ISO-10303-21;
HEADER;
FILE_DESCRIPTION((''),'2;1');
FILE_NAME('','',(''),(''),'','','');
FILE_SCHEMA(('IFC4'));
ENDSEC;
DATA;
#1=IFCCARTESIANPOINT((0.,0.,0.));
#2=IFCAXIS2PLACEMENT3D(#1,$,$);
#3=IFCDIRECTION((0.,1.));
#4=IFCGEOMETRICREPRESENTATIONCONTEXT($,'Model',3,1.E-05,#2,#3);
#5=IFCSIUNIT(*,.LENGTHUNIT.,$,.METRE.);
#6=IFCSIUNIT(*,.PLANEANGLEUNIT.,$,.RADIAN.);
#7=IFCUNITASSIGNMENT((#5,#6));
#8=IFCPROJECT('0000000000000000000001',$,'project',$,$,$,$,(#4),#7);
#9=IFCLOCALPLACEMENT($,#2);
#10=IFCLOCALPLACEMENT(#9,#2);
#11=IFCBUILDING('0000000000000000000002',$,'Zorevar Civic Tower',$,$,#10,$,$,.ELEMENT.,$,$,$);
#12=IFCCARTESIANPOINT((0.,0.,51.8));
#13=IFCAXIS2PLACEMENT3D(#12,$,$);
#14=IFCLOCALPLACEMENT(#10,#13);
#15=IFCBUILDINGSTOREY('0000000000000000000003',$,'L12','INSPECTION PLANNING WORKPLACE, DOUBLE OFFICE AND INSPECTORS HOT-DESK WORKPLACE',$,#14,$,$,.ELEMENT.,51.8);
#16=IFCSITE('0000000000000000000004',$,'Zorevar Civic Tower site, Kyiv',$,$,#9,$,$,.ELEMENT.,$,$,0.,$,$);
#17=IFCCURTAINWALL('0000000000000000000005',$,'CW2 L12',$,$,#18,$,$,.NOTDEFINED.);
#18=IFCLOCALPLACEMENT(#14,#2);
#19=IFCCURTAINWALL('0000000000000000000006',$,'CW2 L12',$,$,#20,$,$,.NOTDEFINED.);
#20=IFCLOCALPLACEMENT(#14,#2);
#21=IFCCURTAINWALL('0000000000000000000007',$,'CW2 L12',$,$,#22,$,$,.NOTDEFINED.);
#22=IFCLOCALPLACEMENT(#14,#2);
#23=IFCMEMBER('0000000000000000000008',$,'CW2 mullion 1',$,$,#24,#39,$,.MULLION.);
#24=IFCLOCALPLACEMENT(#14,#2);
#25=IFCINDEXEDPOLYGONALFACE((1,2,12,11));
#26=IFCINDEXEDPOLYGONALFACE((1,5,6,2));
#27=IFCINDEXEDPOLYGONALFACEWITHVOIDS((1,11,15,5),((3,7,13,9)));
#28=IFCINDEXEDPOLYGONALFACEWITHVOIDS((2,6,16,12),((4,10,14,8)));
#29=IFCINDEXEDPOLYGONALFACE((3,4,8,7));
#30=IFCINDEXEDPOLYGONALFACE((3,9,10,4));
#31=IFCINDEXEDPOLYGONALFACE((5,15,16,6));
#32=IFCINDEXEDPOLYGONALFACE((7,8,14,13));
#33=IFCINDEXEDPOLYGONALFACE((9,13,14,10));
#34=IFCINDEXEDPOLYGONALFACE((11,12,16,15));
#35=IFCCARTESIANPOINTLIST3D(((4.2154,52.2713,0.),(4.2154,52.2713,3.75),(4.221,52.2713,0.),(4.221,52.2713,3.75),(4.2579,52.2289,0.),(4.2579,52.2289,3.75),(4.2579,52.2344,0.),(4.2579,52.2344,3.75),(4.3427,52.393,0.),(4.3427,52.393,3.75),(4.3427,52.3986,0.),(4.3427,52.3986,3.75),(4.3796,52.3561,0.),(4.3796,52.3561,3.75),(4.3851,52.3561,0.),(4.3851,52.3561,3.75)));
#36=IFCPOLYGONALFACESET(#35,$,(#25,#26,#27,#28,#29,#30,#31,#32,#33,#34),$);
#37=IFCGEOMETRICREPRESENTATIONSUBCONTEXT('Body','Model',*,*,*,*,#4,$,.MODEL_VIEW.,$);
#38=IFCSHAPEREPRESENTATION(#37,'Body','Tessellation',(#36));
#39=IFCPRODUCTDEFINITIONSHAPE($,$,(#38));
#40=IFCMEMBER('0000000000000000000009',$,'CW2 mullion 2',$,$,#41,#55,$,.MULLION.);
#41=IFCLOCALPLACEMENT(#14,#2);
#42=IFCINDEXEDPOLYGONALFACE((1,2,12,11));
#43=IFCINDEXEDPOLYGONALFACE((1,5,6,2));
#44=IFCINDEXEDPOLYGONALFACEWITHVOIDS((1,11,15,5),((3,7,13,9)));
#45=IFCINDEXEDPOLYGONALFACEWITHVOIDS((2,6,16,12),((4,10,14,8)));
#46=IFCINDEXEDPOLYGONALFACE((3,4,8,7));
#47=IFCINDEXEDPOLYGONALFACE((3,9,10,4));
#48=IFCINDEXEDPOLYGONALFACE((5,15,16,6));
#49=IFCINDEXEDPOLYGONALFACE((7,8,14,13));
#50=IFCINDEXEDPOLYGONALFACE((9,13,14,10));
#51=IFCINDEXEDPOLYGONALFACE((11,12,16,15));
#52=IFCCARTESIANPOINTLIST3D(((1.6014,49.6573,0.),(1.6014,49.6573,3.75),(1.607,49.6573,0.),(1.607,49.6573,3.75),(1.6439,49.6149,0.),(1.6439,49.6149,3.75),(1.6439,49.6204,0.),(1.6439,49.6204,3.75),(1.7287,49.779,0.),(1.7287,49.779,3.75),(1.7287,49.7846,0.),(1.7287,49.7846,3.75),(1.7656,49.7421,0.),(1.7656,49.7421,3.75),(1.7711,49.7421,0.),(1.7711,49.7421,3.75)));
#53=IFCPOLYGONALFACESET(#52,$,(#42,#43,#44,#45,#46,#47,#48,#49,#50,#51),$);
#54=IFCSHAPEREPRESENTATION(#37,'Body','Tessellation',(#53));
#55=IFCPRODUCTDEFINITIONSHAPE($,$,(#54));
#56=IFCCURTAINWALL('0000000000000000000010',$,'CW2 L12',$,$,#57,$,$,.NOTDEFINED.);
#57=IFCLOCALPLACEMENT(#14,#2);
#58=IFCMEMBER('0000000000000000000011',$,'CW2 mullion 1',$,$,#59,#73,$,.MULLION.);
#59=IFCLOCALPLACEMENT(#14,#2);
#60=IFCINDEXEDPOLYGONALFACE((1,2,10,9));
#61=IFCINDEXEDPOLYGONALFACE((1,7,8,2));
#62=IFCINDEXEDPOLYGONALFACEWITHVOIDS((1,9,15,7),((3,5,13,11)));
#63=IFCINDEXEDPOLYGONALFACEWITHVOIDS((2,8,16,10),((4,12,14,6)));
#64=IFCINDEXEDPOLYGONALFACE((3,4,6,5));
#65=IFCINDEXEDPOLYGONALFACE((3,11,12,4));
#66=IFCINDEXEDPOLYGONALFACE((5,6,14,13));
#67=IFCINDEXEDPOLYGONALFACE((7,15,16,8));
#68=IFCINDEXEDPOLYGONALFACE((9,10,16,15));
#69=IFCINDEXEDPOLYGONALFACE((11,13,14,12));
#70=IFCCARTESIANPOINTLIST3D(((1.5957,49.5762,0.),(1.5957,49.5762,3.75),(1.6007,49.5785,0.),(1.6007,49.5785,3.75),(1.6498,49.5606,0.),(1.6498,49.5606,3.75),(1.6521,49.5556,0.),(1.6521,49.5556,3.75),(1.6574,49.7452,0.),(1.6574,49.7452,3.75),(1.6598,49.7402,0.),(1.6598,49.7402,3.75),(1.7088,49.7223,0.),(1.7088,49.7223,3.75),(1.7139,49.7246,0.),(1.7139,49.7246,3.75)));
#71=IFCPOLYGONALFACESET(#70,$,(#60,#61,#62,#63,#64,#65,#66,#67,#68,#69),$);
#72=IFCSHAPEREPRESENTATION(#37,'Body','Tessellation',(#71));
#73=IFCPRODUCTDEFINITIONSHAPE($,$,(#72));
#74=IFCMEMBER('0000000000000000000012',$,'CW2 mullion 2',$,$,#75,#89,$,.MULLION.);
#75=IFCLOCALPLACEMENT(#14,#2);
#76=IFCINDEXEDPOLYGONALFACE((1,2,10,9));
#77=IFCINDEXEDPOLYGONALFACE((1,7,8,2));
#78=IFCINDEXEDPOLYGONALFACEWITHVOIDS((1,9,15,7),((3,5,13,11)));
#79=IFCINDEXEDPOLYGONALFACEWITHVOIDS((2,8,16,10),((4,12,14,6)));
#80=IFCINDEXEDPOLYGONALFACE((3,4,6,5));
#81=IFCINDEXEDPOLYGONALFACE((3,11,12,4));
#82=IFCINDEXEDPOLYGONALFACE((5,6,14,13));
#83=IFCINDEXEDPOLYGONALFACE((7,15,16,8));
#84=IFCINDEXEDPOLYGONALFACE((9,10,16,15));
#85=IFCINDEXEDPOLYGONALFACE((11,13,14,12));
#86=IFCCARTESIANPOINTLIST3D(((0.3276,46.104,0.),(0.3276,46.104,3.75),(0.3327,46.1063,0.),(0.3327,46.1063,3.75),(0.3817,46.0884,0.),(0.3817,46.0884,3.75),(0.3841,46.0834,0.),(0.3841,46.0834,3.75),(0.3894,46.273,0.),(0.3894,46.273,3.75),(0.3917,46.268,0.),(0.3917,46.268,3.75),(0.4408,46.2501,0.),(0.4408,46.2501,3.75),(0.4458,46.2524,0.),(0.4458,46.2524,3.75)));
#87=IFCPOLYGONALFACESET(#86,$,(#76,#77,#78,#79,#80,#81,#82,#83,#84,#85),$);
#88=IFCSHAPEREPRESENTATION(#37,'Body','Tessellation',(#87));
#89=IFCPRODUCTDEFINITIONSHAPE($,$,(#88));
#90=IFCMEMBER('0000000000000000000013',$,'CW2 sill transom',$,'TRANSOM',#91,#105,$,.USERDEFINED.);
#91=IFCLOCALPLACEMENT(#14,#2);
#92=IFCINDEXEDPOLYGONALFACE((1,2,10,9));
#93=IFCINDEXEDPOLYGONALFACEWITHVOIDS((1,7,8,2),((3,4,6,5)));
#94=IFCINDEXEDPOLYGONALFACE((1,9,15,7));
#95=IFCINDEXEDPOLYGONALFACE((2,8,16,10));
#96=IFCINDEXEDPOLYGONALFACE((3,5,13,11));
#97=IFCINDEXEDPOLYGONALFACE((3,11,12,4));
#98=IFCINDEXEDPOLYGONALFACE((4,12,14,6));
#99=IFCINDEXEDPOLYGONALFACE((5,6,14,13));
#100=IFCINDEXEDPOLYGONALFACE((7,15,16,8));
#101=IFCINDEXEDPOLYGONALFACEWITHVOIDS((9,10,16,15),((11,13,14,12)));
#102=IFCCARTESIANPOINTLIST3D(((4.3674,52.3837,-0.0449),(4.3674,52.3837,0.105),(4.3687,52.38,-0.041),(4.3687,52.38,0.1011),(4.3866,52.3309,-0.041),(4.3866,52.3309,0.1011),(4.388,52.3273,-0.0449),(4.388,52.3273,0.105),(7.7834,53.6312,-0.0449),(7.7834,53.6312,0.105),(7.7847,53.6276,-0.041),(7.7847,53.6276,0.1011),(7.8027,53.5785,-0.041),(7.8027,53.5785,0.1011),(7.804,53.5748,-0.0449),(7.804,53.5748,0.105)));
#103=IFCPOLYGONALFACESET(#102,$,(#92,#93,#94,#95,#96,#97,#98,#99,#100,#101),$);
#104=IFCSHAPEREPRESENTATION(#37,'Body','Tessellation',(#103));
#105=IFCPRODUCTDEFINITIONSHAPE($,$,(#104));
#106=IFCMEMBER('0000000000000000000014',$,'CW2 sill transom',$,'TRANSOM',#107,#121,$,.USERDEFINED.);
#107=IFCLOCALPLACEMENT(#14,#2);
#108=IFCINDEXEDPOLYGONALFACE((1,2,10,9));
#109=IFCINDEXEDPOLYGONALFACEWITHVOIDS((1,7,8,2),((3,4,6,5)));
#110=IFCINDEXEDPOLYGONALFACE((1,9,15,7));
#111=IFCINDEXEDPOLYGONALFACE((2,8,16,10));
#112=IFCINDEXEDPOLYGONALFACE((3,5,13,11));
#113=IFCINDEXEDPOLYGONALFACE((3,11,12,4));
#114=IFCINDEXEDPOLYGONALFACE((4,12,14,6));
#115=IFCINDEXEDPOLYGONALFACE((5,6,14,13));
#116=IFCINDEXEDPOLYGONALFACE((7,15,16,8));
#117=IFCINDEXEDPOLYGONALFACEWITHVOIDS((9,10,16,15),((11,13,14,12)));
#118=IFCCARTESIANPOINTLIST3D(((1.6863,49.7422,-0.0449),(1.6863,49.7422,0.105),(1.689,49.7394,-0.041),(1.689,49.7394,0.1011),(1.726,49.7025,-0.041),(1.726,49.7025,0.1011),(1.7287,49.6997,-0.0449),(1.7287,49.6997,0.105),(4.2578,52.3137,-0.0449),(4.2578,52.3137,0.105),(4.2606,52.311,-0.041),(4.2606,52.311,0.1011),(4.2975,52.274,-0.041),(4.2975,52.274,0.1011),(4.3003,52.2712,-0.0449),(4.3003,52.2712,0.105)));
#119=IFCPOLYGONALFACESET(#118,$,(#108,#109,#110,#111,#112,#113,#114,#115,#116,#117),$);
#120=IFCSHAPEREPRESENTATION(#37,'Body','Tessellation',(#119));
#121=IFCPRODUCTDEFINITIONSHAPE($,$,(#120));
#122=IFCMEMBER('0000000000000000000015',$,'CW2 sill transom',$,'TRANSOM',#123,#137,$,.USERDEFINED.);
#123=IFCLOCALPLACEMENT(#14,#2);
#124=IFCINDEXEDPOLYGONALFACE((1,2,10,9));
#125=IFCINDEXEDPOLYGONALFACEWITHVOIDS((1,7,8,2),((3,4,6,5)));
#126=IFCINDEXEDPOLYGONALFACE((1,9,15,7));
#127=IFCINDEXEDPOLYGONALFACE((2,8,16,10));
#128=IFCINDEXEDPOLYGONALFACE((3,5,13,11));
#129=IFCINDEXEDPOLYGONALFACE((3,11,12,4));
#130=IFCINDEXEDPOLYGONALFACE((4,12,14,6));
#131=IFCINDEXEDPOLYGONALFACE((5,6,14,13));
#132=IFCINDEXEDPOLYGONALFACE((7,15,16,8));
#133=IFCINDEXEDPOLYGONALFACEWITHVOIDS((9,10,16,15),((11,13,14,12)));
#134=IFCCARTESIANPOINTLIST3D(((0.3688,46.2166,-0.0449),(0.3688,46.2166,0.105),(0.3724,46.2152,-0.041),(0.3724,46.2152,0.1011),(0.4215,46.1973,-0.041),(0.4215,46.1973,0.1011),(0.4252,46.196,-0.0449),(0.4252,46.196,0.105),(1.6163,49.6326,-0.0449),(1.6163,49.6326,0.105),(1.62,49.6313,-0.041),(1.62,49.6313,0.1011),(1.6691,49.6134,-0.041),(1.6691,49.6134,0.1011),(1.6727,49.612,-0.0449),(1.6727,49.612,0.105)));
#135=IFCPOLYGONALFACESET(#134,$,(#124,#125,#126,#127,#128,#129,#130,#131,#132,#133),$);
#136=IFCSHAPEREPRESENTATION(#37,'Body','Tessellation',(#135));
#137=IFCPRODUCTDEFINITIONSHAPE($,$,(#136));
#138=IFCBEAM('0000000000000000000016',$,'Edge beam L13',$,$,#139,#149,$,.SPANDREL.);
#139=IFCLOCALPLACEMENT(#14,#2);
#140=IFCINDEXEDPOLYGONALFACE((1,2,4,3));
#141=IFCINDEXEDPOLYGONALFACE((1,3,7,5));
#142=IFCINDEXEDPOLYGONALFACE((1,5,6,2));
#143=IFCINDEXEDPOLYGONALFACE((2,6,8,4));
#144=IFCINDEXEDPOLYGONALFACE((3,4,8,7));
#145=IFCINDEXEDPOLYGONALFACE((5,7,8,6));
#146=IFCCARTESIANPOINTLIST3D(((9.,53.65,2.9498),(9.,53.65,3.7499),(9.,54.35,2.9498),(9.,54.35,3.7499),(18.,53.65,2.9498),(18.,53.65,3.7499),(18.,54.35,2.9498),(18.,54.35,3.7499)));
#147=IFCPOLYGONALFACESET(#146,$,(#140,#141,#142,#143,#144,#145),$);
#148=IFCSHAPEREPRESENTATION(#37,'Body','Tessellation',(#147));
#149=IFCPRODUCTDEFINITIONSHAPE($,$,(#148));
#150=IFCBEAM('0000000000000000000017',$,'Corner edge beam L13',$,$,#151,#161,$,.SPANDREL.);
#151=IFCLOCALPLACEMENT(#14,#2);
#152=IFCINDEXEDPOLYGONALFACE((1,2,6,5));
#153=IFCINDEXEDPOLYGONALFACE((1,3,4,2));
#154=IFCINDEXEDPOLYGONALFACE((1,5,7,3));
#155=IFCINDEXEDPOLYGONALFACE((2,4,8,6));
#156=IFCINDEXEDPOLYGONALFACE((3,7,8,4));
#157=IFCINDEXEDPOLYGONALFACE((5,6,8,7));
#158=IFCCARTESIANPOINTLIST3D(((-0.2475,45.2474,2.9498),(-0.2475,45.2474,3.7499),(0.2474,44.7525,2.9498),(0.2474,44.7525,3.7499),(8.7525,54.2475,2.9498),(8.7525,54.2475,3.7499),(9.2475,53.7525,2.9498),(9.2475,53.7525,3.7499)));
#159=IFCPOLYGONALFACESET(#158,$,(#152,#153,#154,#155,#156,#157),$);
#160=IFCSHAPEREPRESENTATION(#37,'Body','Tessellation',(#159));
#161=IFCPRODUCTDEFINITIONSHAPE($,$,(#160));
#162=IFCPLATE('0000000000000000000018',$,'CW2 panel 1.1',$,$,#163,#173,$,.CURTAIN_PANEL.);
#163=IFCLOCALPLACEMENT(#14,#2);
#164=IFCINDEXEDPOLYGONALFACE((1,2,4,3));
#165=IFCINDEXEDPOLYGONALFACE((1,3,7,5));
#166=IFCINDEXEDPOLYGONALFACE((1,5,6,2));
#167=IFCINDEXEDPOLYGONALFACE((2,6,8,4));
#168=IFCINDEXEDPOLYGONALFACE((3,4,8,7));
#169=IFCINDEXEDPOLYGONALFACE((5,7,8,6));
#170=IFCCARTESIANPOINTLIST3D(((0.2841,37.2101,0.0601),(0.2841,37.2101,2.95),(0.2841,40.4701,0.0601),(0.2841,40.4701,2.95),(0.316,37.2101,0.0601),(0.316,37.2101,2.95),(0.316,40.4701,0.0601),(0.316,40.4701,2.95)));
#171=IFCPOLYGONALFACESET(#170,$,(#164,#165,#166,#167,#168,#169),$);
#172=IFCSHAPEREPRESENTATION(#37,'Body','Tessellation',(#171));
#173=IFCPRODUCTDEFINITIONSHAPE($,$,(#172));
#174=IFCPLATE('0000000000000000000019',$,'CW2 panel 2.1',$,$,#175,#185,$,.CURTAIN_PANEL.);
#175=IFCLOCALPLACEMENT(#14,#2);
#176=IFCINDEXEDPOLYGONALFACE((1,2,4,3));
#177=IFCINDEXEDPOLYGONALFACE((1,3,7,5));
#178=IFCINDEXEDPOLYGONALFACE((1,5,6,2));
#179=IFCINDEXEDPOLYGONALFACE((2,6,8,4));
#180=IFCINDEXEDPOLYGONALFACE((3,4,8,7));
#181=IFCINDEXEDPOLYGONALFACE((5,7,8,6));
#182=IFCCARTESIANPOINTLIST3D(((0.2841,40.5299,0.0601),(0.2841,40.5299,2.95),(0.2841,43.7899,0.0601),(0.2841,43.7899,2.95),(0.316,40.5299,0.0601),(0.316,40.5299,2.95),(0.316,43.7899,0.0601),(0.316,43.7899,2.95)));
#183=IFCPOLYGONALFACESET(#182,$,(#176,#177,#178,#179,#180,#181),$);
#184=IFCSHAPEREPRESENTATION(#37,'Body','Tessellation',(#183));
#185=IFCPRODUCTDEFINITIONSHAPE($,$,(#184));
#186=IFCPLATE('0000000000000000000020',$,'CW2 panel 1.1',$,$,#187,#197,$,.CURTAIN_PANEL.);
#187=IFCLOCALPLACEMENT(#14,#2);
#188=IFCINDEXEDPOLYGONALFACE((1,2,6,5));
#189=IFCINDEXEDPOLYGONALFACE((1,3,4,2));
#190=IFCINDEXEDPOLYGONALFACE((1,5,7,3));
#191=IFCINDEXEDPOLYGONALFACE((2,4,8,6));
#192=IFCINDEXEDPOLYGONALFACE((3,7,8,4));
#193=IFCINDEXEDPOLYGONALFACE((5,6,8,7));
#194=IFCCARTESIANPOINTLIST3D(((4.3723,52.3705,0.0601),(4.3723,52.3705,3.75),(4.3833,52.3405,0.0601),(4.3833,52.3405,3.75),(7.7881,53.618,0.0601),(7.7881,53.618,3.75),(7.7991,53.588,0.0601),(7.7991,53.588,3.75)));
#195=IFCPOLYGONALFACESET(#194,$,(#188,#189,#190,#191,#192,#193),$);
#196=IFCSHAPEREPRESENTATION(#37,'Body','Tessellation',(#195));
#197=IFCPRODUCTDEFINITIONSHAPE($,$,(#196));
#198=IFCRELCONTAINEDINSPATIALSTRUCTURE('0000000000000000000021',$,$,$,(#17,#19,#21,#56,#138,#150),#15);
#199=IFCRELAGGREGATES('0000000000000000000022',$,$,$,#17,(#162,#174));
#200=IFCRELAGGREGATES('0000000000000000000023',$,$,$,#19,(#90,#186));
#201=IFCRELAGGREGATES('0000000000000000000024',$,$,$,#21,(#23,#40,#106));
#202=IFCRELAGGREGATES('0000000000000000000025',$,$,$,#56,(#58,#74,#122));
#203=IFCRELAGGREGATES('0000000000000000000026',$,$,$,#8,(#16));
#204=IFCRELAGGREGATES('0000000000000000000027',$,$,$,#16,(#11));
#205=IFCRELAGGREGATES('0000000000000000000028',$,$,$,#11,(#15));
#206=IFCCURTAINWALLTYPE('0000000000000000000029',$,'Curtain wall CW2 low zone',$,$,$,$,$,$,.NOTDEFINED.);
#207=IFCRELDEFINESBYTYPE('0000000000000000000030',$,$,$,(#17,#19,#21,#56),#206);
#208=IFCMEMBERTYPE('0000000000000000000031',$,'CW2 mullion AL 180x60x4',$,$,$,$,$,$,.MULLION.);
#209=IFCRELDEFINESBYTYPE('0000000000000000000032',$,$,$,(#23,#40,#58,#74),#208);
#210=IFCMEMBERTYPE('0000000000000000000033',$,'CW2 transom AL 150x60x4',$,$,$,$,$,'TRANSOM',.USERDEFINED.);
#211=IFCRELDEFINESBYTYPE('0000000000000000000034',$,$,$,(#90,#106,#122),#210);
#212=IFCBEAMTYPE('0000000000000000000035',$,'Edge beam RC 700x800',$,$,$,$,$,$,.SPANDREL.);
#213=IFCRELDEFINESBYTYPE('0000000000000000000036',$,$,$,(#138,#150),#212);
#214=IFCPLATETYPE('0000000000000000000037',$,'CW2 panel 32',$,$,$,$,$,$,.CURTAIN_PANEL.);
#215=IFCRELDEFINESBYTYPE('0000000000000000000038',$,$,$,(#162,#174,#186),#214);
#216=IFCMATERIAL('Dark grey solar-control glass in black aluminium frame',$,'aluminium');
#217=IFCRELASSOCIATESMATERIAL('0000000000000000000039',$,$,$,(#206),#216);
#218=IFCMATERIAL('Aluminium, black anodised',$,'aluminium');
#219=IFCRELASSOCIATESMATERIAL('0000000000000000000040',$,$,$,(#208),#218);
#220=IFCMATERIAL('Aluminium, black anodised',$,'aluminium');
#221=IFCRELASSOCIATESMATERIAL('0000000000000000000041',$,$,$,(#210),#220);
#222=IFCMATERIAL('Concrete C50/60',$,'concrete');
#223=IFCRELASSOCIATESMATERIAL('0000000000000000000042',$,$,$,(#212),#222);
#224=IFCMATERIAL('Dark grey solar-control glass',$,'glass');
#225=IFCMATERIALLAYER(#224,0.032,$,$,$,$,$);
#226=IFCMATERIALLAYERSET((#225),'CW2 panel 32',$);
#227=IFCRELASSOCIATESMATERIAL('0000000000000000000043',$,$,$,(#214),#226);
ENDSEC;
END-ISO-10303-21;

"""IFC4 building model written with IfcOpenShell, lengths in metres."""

from ifc_helpers import new_model, si_unit, direction, frame, origin, origin_2d, place, context, subcontext, project, spatial, rectangle, hollow_rectangle, extrude, material, layer, layer_set, material_profile, profile_set, type_object, element, aggregate, save


model = new_model("IFC4")

# Units and contexts
model_context = context("Model", 3, precision=1e-05, world=origin(), true_north=direction((0.0, 1.0)))
body_context = subcontext(model_context, "Body", "Model", "MODEL_VIEW")
ifc_project = project(units=[si_unit("LENGTHUNIT", "METRE"), si_unit("PLANEANGLEUNIT", "RADIAN")], contexts=[model_context])

# Site, building, storey
site_placement = place(None, origin())
site = spatial("IfcSite", under=ifc_project, at=site_placement, Name="Zorevar Civic Tower site, Kyiv", CompositionType="ELEMENT", RefElevation=0.0)
building_placement = place(site_placement, origin())
building = spatial("IfcBuilding", under=site, at=building_placement, Name="Zorevar Civic Tower", CompositionType="ELEMENT")
storey_placement = place(building_placement, frame((0.0, 0.0, 51.8)))
storey = spatial("IfcBuildingStorey", under=building, at=storey_placement, Name="L12", Description="INSPECTION PLANNING WORKPLACE, DOUBLE OFFICE AND INSPECTORS HOT-DESK WORKPLACE", CompositionType="ELEMENT", Elevation=51.8)

# Curtain walls, members
ifc_material_1 = material(Name="Dark grey solar-control glass in black aluminium frame", Category="aluminium")
curtain_wall_type = type_object("IfcCurtainWallType", Name="Curtain wall CW2 low zone", PredefinedType="NOTDEFINED", material=ifc_material_1)
curtain_wall_1_placement = place(storey_placement, origin())
curtain_wall_1 = element("IfcCurtainWall", 1, at=curtain_wall_1_placement, inside=storey, type_object=curtain_wall_type, Name="CW2 L12", PredefinedType="NOTDEFINED")
ifc_material_2 = material(Name="Aluminium, black anodised", Category="aluminium")
ifc_material_profile_1 = material_profile(ifc_material_2, hollow_rectangle(XDim=0.0601, YDim=0.1799, WallThickness=0.0039, at=origin_2d()), Name="AL 180x60x4")
ifc_profile_set_1 = profile_set([ifc_material_profile_1], Name="Aluminium, black anodised")
member_type_1 = type_object("IfcMemberType", Name="CW2 mullion AL 180x60x4", PredefinedType="MULLION", material=ifc_profile_set_1)
curtain_wall_2_placement = place(storey_placement, origin())
curtain_wall_2 = element("IfcCurtainWall", 2, at=curtain_wall_2_placement, inside=storey, type_object=curtain_wall_type, Name="CW2 L12", PredefinedType="NOTDEFINED")
curtain_wall_3_placement = place(storey_placement, origin())
curtain_wall_3 = element("IfcCurtainWall", 3, at=curtain_wall_3_placement, inside=storey, type_object=curtain_wall_type, Name="CW2 L12", PredefinedType="NOTDEFINED")
member_1_placement = place(storey_placement, frame((4.3003, 52.3137, 0.0), z_axis=(0.0, 0.0, 1.0), x_axis=(0.707107, -0.707107, 0.0)))
member_1 = element("IfcMember", 4, at=member_1_placement, type_object=member_type_1, Name="CW2 mullion 1", PredefinedType="MULLION", context=body_context, shape_type="SweptSolid", body=[
    extrude(hollow_rectangle(XDim=0.0601, YDim=0.1799, WallThickness=0.0039, at=origin_2d()), origin(), (0.0, 0.0, 1.0), 3.75),
])
member_2_placement = place(storey_placement, frame((1.6863, 49.6997, 0.0), z_axis=(0.0, 0.0, 1.0), x_axis=(0.707107, -0.707107, 0.0)))
member_2 = element("IfcMember", 5, at=member_2_placement, type_object=member_type_1, Name="CW2 mullion 2", PredefinedType="MULLION", context=body_context, shape_type="SweptSolid", body=[
    extrude(hollow_rectangle(XDim=0.0601, YDim=0.1799, WallThickness=0.0039, at=origin_2d()), origin(), (0.0, 0.0, 1.0), 3.75),
])
curtain_wall_4_placement = place(storey_placement, origin())
curtain_wall_4 = element("IfcCurtainWall", 6, at=curtain_wall_4_placement, inside=storey, type_object=curtain_wall_type, Name="CW2 L12", PredefinedType="NOTDEFINED")
member_3_placement = place(storey_placement, frame((1.6548, 49.6504, 0.0), z_axis=(0.0, 0.0, 1.0), x_axis=(0.939313, -0.34306, 0.0)))
member_3 = element("IfcMember", 7, at=member_3_placement, type_object=member_type_1, Name="CW2 mullion 1", PredefinedType="MULLION", context=body_context, shape_type="SweptSolid", body=[
    extrude(hollow_rectangle(XDim=0.0601, YDim=0.1799, WallThickness=0.0039, at=origin_2d()), origin(), (0.0, 0.0, 1.0), 3.75),
])
member_4_placement = place(storey_placement, frame((0.3867, 46.1782, 0.0), z_axis=(0.0, 0.0, 1.0), x_axis=(0.939313, -0.34306, 0.0)))
member_4 = element("IfcMember", 8, at=member_4_placement, type_object=member_type_1, Name="CW2 mullion 2", PredefinedType="MULLION", context=body_context, shape_type="SweptSolid", body=[
    extrude(hollow_rectangle(XDim=0.0601, YDim=0.1799, WallThickness=0.0039, at=origin_2d()), origin(), (0.0, 0.0, 1.0), 3.75),
])

# Members
ifc_material_3 = material(Name="Aluminium, black anodised", Category="aluminium")
ifc_material_profile_2 = material_profile(ifc_material_3, hollow_rectangle(XDim=0.0601, YDim=0.1499, WallThickness=0.0039, at=origin_2d()), Name="AL 150x60x4")
ifc_profile_set_2 = profile_set([ifc_material_profile_2], Name="Aluminium, black anodised")
member_type_2 = type_object("IfcMemberType", Name="CW2 transom AL 150x60x4", ElementType="TRANSOM", PredefinedType="USERDEFINED", material=ifc_profile_set_2)
member_5_placement = place(storey_placement, frame((7.7937, 53.603, 0.03), z_axis=(-0.939318, -0.343047, 0.0), x_axis=(0.343047, -0.939318, 0.0)))
member_5 = element("IfcMember", 9, at=member_5_placement, type_object=member_type_2, Name="CW2 sill transom", ObjectType="TRANSOM", PredefinedType="USERDEFINED", context=body_context, shape_type="SweptSolid", body=[
    extrude(hollow_rectangle(XDim=0.0601, YDim=0.1499, WallThickness=0.0039, at=origin_2d()), origin(), (0.0, 0.0, 1.0), 3.6367),
])
member_6_placement = place(storey_placement, frame((4.2791, 52.2925, 0.03), z_axis=(-0.707107, -0.707107, 0.0), x_axis=(0.707107, -0.707107, 0.0)))
member_6 = element("IfcMember", 10, at=member_6_placement, type_object=member_type_2, Name="CW2 sill transom", ObjectType="TRANSOM", PredefinedType="USERDEFINED", context=body_context, shape_type="SweptSolid", body=[
    extrude(hollow_rectangle(XDim=0.0601, YDim=0.1499, WallThickness=0.0039, at=origin_2d()), origin(), (0.0, 0.0, 1.0), 3.6367),
])
member_7_placement = place(storey_placement, frame((1.6445, 49.6223, 0.03), z_axis=(-0.343047, -0.939318, 0.0), x_axis=(0.939318, -0.343047, 0.0)))
member_7 = element("IfcMember", 11, at=member_7_placement, type_object=member_type_2, Name="CW2 sill transom", ObjectType="TRANSOM", PredefinedType="USERDEFINED", context=body_context, shape_type="SweptSolid", body=[
    extrude(hollow_rectangle(XDim=0.0601, YDim=0.1499, WallThickness=0.0039, at=origin_2d()), origin(), (0.0, 0.0, 1.0), 3.6367),
])

# Beams
ifc_material_4 = material(Name="Concrete C50/60", Category="concrete")
ifc_material_profile_3 = material_profile(ifc_material_4, rectangle(XDim=0.7, YDim=0.8, at=origin_2d()), Name="RC 700x800")
ifc_profile_set_3 = profile_set([ifc_material_profile_3], Name="Concrete C50/60")
beam_type_1 = type_object("IfcBeamType", Name="Edge beam RC 700x800", PredefinedType="SPANDREL", material=ifc_profile_set_3)
beam_1_placement = place(storey_placement, frame((9.0, 54.0, 3.3499), z_axis=(1.0, 0.0, 0.0), x_axis=(0.0, 1.0, 0.0)))
element("IfcBeam", 12, at=beam_1_placement, inside=storey, type_object=beam_type_1, Name="Edge beam L13", PredefinedType="SPANDREL", context=body_context, shape_type="SweptSolid", body=[
    extrude(rectangle(XDim=0.7, YDim=0.8, at=origin_2d()), origin(), (0.0, 0.0, 1.0), 9.0),
])
beam_2_placement = place(storey_placement, frame((9.0, 54.0, 3.3499), z_axis=(-0.707107, -0.707107, 0.0), x_axis=(0.707107, -0.707107, 0.0)))
element("IfcBeam", 13, at=beam_2_placement, inside=storey, type_object=beam_type_1, Name="Corner edge beam L13", PredefinedType="SPANDREL", context=body_context, shape_type="SweptSolid", body=[
    extrude(rectangle(XDim=0.7, YDim=0.8, at=origin_2d()), origin(), (0.0, 0.0, 1.0), 12.728),
])

# Plates
ifc_material_5 = material(Name="Dark grey solar-control glass", Category="glass")
ifc_layer_1 = layer(ifc_material_5, 0.032)
ifc_layer_set_1 = layer_set([ifc_layer_1], Name="CW2 panel 32")
plate_type = type_object("IfcPlateType", Name="CW2 panel 32", PredefinedType="CURTAIN_PANEL", material=ifc_layer_set_1)
plate_1_placement = place(storey_placement, frame((0.3, 38.8401, 0.0601), z_axis=(0.0, 0.0, 1.0), x_axis=(0.0, 1.0, 0.0)))
plate_1 = element("IfcPlate", 14, at=plate_1_placement, type_object=plate_type, Name="CW2 panel 1.1", PredefinedType="CURTAIN_PANEL", context=body_context, shape_type="SweptSolid", body=[
    extrude(rectangle(XDim=3.26, YDim=0.032, at=origin_2d()), origin(), (0.0, 0.0, 1.0), 2.8899),
])
plate_2_placement = place(storey_placement, frame((0.3, 42.1599, 0.0601), z_axis=(0.0, 0.0, 1.0), x_axis=(0.0, 1.0, 0.0)))
plate_2 = element("IfcPlate", 15, at=plate_2_placement, type_object=plate_type, Name="CW2 panel 2.1", PredefinedType="CURTAIN_PANEL", context=body_context, shape_type="SweptSolid", body=[
    extrude(rectangle(XDim=3.26, YDim=0.032, at=origin_2d()), origin(), (0.0, 0.0, 1.0), 2.8899),
])
aggregate(curtain_wall_1, [plate_1, plate_2])
plate_3_placement = place(storey_placement, frame((6.0857, 52.9792, 0.0601), z_axis=(0.0, 0.0, 1.0), x_axis=(-0.939313, -0.34306, 0.0)))
plate_3 = element("IfcPlate", 16, at=plate_3_placement, type_object=plate_type, Name="CW2 panel 1.1", PredefinedType="CURTAIN_PANEL", context=body_context, shape_type="SweptSolid", body=[
    extrude(rectangle(XDim=3.6365, YDim=0.032, at=origin_2d()), origin(), (0.0, 0.0, 1.0), 3.6899),
])
aggregate(curtain_wall_2, [member_5, plate_3])
aggregate(curtain_wall_3, [member_1, member_2, member_6])
aggregate(curtain_wall_4, [member_3, member_4, member_7])

save(model, "model.ifc")
